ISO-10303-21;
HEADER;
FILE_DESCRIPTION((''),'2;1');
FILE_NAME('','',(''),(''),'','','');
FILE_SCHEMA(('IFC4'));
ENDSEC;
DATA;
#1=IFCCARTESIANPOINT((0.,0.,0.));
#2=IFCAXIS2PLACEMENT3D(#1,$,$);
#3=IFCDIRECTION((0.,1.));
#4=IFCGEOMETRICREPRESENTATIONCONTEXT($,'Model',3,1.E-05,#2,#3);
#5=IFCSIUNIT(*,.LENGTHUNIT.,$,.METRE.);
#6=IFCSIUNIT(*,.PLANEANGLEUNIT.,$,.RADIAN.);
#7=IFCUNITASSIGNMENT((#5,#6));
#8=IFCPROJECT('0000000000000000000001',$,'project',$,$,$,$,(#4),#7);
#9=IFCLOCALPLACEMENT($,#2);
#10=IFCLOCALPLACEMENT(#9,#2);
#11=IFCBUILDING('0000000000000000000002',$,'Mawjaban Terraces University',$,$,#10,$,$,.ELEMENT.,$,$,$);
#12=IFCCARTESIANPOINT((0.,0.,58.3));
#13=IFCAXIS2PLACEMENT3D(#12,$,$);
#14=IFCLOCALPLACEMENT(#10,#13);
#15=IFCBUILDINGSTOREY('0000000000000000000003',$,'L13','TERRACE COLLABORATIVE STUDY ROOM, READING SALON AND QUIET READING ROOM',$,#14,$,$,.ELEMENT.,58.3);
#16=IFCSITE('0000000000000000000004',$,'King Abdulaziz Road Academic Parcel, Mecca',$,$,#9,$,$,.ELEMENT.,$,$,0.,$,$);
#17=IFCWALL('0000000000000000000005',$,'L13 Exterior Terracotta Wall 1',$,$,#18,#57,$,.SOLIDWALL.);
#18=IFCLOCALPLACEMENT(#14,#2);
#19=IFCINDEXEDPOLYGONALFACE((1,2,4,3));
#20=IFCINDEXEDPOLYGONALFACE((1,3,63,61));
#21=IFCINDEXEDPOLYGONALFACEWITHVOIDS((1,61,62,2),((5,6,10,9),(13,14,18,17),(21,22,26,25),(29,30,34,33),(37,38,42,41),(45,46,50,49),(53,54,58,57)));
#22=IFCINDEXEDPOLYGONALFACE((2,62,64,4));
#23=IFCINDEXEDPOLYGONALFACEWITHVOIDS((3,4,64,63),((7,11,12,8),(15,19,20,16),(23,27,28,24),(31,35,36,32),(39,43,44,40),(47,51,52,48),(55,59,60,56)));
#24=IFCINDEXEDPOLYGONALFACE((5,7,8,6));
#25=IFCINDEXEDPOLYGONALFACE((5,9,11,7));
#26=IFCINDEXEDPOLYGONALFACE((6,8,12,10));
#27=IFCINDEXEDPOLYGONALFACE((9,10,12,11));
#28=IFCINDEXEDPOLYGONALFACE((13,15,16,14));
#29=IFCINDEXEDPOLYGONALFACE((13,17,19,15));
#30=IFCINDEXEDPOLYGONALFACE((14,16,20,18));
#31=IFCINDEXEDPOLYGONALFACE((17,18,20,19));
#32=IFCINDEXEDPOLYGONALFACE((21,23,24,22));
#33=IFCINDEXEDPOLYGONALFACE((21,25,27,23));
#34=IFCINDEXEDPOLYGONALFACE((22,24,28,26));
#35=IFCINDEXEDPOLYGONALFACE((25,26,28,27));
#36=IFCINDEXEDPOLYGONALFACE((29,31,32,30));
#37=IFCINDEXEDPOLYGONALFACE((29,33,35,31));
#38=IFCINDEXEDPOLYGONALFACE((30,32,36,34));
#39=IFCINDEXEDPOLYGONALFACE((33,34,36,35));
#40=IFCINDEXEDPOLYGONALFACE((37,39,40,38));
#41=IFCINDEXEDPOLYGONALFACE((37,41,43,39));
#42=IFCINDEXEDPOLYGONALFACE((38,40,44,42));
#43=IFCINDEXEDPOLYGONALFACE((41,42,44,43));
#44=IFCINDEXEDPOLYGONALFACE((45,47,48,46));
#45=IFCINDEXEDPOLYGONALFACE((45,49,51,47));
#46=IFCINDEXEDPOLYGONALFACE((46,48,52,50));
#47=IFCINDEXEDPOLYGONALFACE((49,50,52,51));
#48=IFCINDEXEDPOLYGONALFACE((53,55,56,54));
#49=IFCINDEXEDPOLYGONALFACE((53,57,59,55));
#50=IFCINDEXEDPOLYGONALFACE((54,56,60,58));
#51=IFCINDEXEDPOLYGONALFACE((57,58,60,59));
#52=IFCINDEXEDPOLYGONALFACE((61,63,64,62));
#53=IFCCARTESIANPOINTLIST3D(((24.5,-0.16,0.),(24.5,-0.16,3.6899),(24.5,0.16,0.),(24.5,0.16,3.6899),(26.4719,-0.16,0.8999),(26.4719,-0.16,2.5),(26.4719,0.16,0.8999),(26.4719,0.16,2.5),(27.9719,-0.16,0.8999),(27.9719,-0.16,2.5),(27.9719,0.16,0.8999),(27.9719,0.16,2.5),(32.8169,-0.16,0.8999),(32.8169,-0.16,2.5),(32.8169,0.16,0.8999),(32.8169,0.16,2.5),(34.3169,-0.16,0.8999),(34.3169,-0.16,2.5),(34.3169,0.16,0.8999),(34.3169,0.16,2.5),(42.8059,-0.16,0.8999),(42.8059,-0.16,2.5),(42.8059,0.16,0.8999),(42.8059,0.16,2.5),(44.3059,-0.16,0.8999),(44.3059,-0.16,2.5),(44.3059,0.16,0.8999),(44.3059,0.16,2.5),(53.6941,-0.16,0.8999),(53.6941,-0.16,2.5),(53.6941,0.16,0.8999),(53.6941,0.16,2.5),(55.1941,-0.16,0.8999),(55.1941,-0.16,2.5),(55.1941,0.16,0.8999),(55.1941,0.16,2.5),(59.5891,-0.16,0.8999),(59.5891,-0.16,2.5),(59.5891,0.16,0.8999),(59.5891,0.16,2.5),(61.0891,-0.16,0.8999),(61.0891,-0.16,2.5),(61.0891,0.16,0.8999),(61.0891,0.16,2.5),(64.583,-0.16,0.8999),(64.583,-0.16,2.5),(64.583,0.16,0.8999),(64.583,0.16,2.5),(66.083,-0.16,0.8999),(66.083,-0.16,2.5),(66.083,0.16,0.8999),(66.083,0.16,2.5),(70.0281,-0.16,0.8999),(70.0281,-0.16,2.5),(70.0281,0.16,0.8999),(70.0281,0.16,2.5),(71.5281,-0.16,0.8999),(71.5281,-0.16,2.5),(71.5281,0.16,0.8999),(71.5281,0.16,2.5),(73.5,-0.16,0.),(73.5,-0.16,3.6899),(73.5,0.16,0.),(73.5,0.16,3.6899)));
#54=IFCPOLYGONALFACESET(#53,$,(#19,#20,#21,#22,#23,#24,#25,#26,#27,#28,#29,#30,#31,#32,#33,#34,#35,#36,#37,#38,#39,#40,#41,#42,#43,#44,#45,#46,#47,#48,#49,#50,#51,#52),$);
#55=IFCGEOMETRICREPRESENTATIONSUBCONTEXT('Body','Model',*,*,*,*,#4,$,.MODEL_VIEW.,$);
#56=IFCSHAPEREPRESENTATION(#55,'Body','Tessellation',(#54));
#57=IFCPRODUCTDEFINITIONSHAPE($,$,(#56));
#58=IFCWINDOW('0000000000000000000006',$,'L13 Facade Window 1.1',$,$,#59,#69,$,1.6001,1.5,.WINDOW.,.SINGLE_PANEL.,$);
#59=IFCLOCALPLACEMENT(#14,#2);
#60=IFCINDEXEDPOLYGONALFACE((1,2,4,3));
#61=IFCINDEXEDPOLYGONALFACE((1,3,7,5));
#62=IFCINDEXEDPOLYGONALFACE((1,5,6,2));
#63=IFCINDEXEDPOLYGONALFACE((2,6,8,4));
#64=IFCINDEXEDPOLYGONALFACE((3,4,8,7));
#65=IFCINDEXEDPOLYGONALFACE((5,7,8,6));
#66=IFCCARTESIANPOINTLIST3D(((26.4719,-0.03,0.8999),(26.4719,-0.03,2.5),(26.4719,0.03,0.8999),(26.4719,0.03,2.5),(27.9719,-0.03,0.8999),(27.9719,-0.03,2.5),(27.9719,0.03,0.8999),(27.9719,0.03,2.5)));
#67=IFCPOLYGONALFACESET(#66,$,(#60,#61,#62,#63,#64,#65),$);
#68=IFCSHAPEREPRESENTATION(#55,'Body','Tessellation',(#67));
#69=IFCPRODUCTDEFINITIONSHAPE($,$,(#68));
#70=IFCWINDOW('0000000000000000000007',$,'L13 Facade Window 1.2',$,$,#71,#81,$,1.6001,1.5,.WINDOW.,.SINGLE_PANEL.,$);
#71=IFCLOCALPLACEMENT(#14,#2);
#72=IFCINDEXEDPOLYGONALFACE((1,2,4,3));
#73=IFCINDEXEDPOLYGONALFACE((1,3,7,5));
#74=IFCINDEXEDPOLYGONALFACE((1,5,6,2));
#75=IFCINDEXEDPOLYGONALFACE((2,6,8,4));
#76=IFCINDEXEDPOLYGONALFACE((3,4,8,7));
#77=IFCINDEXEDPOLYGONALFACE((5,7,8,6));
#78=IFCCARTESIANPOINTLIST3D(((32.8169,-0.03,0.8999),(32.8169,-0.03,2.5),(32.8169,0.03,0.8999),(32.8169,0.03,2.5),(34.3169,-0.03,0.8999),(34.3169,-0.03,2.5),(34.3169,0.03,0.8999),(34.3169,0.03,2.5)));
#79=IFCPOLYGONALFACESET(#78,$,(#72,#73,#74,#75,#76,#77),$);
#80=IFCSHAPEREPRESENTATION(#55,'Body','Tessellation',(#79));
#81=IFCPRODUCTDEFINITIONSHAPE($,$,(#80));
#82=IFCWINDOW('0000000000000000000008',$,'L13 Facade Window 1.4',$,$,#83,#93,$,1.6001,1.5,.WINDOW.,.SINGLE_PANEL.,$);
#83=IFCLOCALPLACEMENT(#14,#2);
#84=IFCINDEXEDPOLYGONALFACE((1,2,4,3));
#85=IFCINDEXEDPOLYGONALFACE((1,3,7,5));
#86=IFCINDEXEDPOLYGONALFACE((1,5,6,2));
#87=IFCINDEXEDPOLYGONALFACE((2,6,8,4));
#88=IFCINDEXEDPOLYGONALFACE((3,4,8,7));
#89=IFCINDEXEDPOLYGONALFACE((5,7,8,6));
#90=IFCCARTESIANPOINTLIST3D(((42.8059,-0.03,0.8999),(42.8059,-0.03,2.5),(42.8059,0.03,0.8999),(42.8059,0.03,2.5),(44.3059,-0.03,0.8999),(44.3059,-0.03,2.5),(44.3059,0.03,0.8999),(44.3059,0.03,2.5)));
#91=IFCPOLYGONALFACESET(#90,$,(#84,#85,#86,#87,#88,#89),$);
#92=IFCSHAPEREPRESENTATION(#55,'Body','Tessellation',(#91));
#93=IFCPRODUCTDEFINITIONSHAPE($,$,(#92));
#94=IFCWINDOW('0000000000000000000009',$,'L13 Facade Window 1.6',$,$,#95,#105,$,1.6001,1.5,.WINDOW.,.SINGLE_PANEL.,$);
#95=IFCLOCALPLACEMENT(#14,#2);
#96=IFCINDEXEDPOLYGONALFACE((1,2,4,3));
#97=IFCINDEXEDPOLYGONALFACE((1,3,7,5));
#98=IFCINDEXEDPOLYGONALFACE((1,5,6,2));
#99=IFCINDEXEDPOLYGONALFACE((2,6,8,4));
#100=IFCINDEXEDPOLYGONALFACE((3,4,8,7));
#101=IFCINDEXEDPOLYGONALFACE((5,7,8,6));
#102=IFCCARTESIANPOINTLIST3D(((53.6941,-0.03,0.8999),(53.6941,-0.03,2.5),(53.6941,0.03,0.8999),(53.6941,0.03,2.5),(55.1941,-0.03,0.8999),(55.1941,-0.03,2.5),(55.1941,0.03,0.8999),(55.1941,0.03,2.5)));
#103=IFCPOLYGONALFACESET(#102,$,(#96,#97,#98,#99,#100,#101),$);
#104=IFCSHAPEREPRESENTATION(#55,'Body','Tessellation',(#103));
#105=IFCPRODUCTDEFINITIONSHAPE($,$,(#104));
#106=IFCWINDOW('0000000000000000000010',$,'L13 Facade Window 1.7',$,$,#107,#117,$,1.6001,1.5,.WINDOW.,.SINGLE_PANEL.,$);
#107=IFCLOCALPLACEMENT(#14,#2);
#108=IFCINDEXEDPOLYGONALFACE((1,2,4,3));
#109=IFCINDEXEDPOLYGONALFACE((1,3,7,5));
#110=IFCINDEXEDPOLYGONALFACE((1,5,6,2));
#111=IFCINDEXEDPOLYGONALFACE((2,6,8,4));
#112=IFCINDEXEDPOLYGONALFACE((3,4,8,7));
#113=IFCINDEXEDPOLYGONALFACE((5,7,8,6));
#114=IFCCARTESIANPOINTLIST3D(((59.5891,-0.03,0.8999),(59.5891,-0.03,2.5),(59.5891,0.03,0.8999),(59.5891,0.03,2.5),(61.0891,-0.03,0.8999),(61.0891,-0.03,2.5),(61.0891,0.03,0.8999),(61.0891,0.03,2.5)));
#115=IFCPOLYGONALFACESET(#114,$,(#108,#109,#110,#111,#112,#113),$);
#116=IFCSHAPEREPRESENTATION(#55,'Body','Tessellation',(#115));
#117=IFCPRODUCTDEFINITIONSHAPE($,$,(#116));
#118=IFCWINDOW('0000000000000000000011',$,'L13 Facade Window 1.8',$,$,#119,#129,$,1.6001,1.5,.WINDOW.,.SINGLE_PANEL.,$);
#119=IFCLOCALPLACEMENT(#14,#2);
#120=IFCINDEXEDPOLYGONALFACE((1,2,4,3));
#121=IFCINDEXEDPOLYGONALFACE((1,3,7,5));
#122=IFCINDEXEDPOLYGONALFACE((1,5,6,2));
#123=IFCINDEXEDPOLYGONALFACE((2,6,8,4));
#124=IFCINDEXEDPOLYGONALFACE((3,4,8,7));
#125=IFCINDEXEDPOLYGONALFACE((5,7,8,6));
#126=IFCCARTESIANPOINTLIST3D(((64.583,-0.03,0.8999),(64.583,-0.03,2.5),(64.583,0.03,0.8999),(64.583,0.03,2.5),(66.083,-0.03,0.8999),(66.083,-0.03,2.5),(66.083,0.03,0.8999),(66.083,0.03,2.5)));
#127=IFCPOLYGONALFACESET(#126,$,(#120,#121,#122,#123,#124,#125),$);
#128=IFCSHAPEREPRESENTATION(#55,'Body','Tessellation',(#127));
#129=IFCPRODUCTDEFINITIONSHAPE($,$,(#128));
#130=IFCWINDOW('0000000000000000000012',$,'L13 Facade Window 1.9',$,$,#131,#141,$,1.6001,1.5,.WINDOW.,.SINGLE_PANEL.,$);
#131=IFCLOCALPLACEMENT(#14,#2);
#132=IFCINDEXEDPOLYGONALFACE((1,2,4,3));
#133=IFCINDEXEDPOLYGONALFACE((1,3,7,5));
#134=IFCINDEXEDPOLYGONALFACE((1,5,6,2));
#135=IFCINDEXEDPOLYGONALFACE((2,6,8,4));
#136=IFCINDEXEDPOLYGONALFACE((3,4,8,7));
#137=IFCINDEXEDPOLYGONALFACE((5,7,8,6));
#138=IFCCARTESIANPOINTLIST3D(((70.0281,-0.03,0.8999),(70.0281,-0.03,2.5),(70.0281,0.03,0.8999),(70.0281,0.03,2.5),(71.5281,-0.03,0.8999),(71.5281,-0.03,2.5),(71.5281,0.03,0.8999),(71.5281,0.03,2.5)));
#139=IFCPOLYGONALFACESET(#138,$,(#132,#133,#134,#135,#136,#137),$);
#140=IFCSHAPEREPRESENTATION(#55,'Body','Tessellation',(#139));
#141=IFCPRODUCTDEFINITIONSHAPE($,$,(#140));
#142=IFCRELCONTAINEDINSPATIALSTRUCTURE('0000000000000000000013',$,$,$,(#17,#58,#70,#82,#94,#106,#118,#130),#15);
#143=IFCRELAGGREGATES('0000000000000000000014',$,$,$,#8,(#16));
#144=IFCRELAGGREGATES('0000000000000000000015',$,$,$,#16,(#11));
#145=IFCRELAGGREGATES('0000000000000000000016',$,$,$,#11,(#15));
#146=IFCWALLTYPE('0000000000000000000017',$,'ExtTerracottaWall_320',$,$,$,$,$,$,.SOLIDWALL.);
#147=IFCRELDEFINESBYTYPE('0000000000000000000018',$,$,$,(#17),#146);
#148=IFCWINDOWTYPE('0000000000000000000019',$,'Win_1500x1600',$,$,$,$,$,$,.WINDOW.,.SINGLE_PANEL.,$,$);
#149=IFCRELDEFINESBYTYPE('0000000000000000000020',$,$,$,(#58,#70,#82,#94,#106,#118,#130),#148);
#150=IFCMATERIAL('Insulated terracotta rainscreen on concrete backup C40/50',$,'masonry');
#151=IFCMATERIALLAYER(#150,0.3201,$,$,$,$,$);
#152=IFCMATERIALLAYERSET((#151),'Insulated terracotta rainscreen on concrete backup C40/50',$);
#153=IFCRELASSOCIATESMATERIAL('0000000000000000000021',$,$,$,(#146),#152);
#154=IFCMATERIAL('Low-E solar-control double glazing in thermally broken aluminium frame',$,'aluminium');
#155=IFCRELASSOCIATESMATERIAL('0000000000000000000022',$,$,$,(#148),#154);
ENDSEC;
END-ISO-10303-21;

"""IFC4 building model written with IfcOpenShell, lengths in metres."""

from ifc_helpers import new_model, si_unit, direction, frame, frame_2d, origin, place, context, subcontext, project, spatial, rectangle, extrude, material, layer, layer_set, type_object, element, fill, save


model = new_model("IFC4")

# Units and contexts
model_context = context("Model", 3, precision=1e-05, world=origin(), true_north=direction((0.0, 1.0)))
body_context = subcontext(model_context, "Body", "Model", "MODEL_VIEW")
ifc_project = project(units=[si_unit("LENGTHUNIT", "METRE"), si_unit("PLANEANGLEUNIT", "RADIAN")], contexts=[model_context])

# Site, building, storey
site_placement = place(None, origin())
site = spatial("IfcSite", under=ifc_project, at=site_placement, Name="King Abdulaziz Road Academic Parcel, Mecca", CompositionType="ELEMENT", RefElevation=0.0)
building_placement = place(site_placement, origin())
building = spatial("IfcBuilding", under=site, at=building_placement, Name="Mawjaban Terraces University", CompositionType="ELEMENT")
storey_placement = place(building_placement, frame((0.0, 0.0, 58.3)))
storey = spatial("IfcBuildingStorey", under=building, at=storey_placement, Name="L13", Description="TERRACE COLLABORATIVE STUDY ROOM, READING SALON AND QUIET READING ROOM", CompositionType="ELEMENT", Elevation=58.3)

# Wall, openings, windows
ifc_material_1 = material(Name="Insulated terracotta rainscreen on concrete backup C40/50", Category="masonry")
ifc_layer = layer(ifc_material_1, 0.3201)
ifc_layer_set = layer_set([ifc_layer], Name="Insulated terracotta rainscreen on concrete backup C40/50")
wall_type = type_object("IfcWallType", Name="ExtTerracottaWall_320", PredefinedType="SOLIDWALL", material=ifc_layer_set)
wall_placement = place(storey_placement, frame((24.5, 0.0, 0.0), z_axis=(0.0, 0.0, 1.0), x_axis=(1.0, 0.0, 0.0)))
wall = element("IfcWall", 1, at=wall_placement, inside=storey, type_object=wall_type, Name="L13 Exterior Terracotta Wall 1", PredefinedType="SOLIDWALL", context=body_context, shape_type="SweptSolid", body=[
    extrude(rectangle(XDim=49.0, YDim=0.3201, at=frame_2d((24.5, 0.0))), origin(), (0.0, 0.0, 1.0), 3.6899),
])
opening_1_placement = place(wall_placement, frame((1.9719, 0.0, 0.8999)))
opening_1 = element("IfcOpeningElement", 2, at=opening_1_placement, cuts=wall, PredefinedType="OPENING", context=body_context, shape_type="SweptSolid", body=[
    extrude(rectangle(XDim=1.5, YDim=1.6001, at=frame_2d((0.75, 0.8))), frame((0.0, 0.1699, 0.0), z_axis=(0.0, -1.0, 0.0), x_axis=(1.0, 0.0, 0.0)), (0.0, 0.0, 1.0), 0.3401),
])
opening_2_placement = place(wall_placement, frame((8.3169, 0.0, 0.8999)))
opening_2 = element("IfcOpeningElement", 3, at=opening_2_placement, cuts=wall, PredefinedType="OPENING", context=body_context, shape_type="SweptSolid", body=[
    extrude(rectangle(XDim=1.5, YDim=1.6001, at=frame_2d((0.75, 0.8))), frame((0.0, 0.1699, 0.0), z_axis=(0.0, -1.0, 0.0), x_axis=(1.0, 0.0, 0.0)), (0.0, 0.0, 1.0), 0.3401),
])
opening_3_placement = place(wall_placement, frame((18.3059, 0.0, 0.8999)))
opening_3 = element("IfcOpeningElement", 4, at=opening_3_placement, cuts=wall, PredefinedType="OPENING", context=body_context, shape_type="SweptSolid", body=[
    extrude(rectangle(XDim=1.5, YDim=1.6001, at=frame_2d((0.75, 0.8))), frame((0.0, 0.1699, 0.0), z_axis=(0.0, -1.0, 0.0), x_axis=(1.0, 0.0, 0.0)), (0.0, 0.0, 1.0), 0.3401),
])
opening_4_placement = place(wall_placement, frame((29.1941, 0.0, 0.8999)))
opening_4 = element("IfcOpeningElement", 5, at=opening_4_placement, cuts=wall, PredefinedType="OPENING", context=body_context, shape_type="SweptSolid", body=[
    extrude(rectangle(XDim=1.5, YDim=1.6001, at=frame_2d((0.75, 0.8))), frame((0.0, 0.1699, 0.0), z_axis=(0.0, -1.0, 0.0), x_axis=(1.0, 0.0, 0.0)), (0.0, 0.0, 1.0), 0.3401),
])
opening_5_placement = place(wall_placement, frame((35.0891, 0.0, 0.8999)))
opening_5 = element("IfcOpeningElement", 6, at=opening_5_placement, cuts=wall, PredefinedType="OPENING", context=body_context, shape_type="SweptSolid", body=[
    extrude(rectangle(XDim=1.5, YDim=1.6001, at=frame_2d((0.75, 0.8))), frame((0.0, 0.1699, 0.0), z_axis=(0.0, -1.0, 0.0), x_axis=(1.0, 0.0, 0.0)), (0.0, 0.0, 1.0), 0.3401),
])
opening_6_placement = place(wall_placement, frame((40.083, 0.0, 0.8999)))
opening_6 = element("IfcOpeningElement", 7, at=opening_6_placement, cuts=wall, PredefinedType="OPENING", context=body_context, shape_type="SweptSolid", body=[
    extrude(rectangle(XDim=1.5, YDim=1.6001, at=frame_2d((0.75, 0.8))), frame((0.0, 0.1699, 0.0), z_axis=(0.0, -1.0, 0.0), x_axis=(1.0, 0.0, 0.0)), (0.0, 0.0, 1.0), 0.3401),
])
opening_7_placement = place(wall_placement, frame((45.5281, 0.0, 0.8999)))
opening_7 = element("IfcOpeningElement", 8, at=opening_7_placement, cuts=wall, PredefinedType="OPENING", context=body_context, shape_type="SweptSolid", body=[
    extrude(rectangle(XDim=1.5, YDim=1.6001, at=frame_2d((0.75, 0.8))), frame((0.0, 0.1699, 0.0), z_axis=(0.0, -1.0, 0.0), x_axis=(1.0, 0.0, 0.0)), (0.0, 0.0, 1.0), 0.3401),
])
ifc_material_2 = material(Name="Low-E solar-control double glazing in thermally broken aluminium frame", Category="aluminium")
window_type = type_object("IfcWindowType", Name="Win_1500x1600", PartitioningType="SINGLE_PANEL", PredefinedType="WINDOW", material=ifc_material_2)
window_1_placement = place(opening_1_placement, origin())
window_1 = element("IfcWindow", 9, at=window_1_placement, inside=storey, type_object=window_type, Name="L13 Facade Window 1.1", OverallHeight=1.6001, OverallWidth=1.5, PartitioningType="SINGLE_PANEL", PredefinedType="WINDOW", context=body_context, shape_type="SweptSolid", body=[
    extrude(rectangle(XDim=1.5, YDim=1.6001, at=frame_2d((0.75, 0.8))), frame((0.0, 0.03, 0.0), z_axis=(0.0, -1.0, 0.0), x_axis=(1.0, 0.0, 0.0)), (0.0, 0.0, 1.0), 0.0601),
])
fill(opening_1, window_1)
window_2_placement = place(opening_2_placement, origin())
window_2 = element("IfcWindow", 10, at=window_2_placement, inside=storey, type_object=window_type, Name="L13 Facade Window 1.2", OverallHeight=1.6001, OverallWidth=1.5, PartitioningType="SINGLE_PANEL", PredefinedType="WINDOW", context=body_context, shape_type="SweptSolid", body=[
    extrude(rectangle(XDim=1.5, YDim=1.6001, at=frame_2d((0.75, 0.8))), frame((0.0, 0.03, 0.0), z_axis=(0.0, -1.0, 0.0), x_axis=(1.0, 0.0, 0.0)), (0.0, 0.0, 1.0), 0.0601),
])
fill(opening_2, window_2)
window_3_placement = place(opening_3_placement, origin())
window_3 = element("IfcWindow", 11, at=window_3_placement, inside=storey, type_object=window_type, Name="L13 Facade Window 1.4", OverallHeight=1.6001, OverallWidth=1.5, PartitioningType="SINGLE_PANEL", PredefinedType="WINDOW", context=body_context, shape_type="SweptSolid", body=[
    extrude(rectangle(XDim=1.5, YDim=1.6001, at=frame_2d((0.75, 0.8))), frame((0.0, 0.03, 0.0), z_axis=(0.0, -1.0, 0.0), x_axis=(1.0, 0.0, 0.0)), (0.0, 0.0, 1.0), 0.0601),
])
fill(opening_3, window_3)
window_4_placement = place(opening_4_placement, origin())
window_4 = element("IfcWindow", 12, at=window_4_placement, inside=storey, type_object=window_type, Name="L13 Facade Window 1.6", OverallHeight=1.6001, OverallWidth=1.5, PartitioningType="SINGLE_PANEL", PredefinedType="WINDOW", context=body_context, shape_type="SweptSolid", body=[
    extrude(rectangle(XDim=1.5, YDim=1.6001, at=frame_2d((0.75, 0.8))), frame((0.0, 0.03, 0.0), z_axis=(0.0, -1.0, 0.0), x_axis=(1.0, 0.0, 0.0)), (0.0, 0.0, 1.0), 0.0601),
])
fill(opening_4, window_4)
window_5_placement = place(opening_5_placement, origin())
window_5 = element("IfcWindow", 13, at=window_5_placement, inside=storey, type_object=window_type, Name="L13 Facade Window 1.7", OverallHeight=1.6001, OverallWidth=1.5, PartitioningType="SINGLE_PANEL", PredefinedType="WINDOW", context=body_context, shape_type="SweptSolid", body=[
    extrude(rectangle(XDim=1.5, YDim=1.6001, at=frame_2d((0.75, 0.8))), frame((0.0, 0.03, 0.0), z_axis=(0.0, -1.0, 0.0), x_axis=(1.0, 0.0, 0.0)), (0.0, 0.0, 1.0), 0.0601),
])
fill(opening_5, window_5)
window_6_placement = place(opening_6_placement, origin())
window_6 = element("IfcWindow", 14, at=window_6_placement, inside=storey, type_object=window_type, Name="L13 Facade Window 1.8", OverallHeight=1.6001, OverallWidth=1.5, PartitioningType="SINGLE_PANEL", PredefinedType="WINDOW", context=body_context, shape_type="SweptSolid", body=[
    extrude(rectangle(XDim=1.5, YDim=1.6001, at=frame_2d((0.75, 0.8))), frame((0.0, 0.03, 0.0), z_axis=(0.0, -1.0, 0.0), x_axis=(1.0, 0.0, 0.0)), (0.0, 0.0, 1.0), 0.0601),
])
fill(opening_6, window_6)
window_7_placement = place(opening_7_placement, origin())
window_7 = element("IfcWindow", 15, at=window_7_placement, inside=storey, type_object=window_type, Name="L13 Facade Window 1.9", OverallHeight=1.6001, OverallWidth=1.5, PartitioningType="SINGLE_PANEL", PredefinedType="WINDOW", context=body_context, shape_type="SweptSolid", body=[
    extrude(rectangle(XDim=1.5, YDim=1.6001, at=frame_2d((0.75, 0.8))), frame((0.0, 0.03, 0.0), z_axis=(0.0, -1.0, 0.0), x_axis=(1.0, 0.0, 0.0)), (0.0, 0.0, 1.0), 0.0601),
])
fill(opening_7, window_7)

save(model, "model.ifc")
